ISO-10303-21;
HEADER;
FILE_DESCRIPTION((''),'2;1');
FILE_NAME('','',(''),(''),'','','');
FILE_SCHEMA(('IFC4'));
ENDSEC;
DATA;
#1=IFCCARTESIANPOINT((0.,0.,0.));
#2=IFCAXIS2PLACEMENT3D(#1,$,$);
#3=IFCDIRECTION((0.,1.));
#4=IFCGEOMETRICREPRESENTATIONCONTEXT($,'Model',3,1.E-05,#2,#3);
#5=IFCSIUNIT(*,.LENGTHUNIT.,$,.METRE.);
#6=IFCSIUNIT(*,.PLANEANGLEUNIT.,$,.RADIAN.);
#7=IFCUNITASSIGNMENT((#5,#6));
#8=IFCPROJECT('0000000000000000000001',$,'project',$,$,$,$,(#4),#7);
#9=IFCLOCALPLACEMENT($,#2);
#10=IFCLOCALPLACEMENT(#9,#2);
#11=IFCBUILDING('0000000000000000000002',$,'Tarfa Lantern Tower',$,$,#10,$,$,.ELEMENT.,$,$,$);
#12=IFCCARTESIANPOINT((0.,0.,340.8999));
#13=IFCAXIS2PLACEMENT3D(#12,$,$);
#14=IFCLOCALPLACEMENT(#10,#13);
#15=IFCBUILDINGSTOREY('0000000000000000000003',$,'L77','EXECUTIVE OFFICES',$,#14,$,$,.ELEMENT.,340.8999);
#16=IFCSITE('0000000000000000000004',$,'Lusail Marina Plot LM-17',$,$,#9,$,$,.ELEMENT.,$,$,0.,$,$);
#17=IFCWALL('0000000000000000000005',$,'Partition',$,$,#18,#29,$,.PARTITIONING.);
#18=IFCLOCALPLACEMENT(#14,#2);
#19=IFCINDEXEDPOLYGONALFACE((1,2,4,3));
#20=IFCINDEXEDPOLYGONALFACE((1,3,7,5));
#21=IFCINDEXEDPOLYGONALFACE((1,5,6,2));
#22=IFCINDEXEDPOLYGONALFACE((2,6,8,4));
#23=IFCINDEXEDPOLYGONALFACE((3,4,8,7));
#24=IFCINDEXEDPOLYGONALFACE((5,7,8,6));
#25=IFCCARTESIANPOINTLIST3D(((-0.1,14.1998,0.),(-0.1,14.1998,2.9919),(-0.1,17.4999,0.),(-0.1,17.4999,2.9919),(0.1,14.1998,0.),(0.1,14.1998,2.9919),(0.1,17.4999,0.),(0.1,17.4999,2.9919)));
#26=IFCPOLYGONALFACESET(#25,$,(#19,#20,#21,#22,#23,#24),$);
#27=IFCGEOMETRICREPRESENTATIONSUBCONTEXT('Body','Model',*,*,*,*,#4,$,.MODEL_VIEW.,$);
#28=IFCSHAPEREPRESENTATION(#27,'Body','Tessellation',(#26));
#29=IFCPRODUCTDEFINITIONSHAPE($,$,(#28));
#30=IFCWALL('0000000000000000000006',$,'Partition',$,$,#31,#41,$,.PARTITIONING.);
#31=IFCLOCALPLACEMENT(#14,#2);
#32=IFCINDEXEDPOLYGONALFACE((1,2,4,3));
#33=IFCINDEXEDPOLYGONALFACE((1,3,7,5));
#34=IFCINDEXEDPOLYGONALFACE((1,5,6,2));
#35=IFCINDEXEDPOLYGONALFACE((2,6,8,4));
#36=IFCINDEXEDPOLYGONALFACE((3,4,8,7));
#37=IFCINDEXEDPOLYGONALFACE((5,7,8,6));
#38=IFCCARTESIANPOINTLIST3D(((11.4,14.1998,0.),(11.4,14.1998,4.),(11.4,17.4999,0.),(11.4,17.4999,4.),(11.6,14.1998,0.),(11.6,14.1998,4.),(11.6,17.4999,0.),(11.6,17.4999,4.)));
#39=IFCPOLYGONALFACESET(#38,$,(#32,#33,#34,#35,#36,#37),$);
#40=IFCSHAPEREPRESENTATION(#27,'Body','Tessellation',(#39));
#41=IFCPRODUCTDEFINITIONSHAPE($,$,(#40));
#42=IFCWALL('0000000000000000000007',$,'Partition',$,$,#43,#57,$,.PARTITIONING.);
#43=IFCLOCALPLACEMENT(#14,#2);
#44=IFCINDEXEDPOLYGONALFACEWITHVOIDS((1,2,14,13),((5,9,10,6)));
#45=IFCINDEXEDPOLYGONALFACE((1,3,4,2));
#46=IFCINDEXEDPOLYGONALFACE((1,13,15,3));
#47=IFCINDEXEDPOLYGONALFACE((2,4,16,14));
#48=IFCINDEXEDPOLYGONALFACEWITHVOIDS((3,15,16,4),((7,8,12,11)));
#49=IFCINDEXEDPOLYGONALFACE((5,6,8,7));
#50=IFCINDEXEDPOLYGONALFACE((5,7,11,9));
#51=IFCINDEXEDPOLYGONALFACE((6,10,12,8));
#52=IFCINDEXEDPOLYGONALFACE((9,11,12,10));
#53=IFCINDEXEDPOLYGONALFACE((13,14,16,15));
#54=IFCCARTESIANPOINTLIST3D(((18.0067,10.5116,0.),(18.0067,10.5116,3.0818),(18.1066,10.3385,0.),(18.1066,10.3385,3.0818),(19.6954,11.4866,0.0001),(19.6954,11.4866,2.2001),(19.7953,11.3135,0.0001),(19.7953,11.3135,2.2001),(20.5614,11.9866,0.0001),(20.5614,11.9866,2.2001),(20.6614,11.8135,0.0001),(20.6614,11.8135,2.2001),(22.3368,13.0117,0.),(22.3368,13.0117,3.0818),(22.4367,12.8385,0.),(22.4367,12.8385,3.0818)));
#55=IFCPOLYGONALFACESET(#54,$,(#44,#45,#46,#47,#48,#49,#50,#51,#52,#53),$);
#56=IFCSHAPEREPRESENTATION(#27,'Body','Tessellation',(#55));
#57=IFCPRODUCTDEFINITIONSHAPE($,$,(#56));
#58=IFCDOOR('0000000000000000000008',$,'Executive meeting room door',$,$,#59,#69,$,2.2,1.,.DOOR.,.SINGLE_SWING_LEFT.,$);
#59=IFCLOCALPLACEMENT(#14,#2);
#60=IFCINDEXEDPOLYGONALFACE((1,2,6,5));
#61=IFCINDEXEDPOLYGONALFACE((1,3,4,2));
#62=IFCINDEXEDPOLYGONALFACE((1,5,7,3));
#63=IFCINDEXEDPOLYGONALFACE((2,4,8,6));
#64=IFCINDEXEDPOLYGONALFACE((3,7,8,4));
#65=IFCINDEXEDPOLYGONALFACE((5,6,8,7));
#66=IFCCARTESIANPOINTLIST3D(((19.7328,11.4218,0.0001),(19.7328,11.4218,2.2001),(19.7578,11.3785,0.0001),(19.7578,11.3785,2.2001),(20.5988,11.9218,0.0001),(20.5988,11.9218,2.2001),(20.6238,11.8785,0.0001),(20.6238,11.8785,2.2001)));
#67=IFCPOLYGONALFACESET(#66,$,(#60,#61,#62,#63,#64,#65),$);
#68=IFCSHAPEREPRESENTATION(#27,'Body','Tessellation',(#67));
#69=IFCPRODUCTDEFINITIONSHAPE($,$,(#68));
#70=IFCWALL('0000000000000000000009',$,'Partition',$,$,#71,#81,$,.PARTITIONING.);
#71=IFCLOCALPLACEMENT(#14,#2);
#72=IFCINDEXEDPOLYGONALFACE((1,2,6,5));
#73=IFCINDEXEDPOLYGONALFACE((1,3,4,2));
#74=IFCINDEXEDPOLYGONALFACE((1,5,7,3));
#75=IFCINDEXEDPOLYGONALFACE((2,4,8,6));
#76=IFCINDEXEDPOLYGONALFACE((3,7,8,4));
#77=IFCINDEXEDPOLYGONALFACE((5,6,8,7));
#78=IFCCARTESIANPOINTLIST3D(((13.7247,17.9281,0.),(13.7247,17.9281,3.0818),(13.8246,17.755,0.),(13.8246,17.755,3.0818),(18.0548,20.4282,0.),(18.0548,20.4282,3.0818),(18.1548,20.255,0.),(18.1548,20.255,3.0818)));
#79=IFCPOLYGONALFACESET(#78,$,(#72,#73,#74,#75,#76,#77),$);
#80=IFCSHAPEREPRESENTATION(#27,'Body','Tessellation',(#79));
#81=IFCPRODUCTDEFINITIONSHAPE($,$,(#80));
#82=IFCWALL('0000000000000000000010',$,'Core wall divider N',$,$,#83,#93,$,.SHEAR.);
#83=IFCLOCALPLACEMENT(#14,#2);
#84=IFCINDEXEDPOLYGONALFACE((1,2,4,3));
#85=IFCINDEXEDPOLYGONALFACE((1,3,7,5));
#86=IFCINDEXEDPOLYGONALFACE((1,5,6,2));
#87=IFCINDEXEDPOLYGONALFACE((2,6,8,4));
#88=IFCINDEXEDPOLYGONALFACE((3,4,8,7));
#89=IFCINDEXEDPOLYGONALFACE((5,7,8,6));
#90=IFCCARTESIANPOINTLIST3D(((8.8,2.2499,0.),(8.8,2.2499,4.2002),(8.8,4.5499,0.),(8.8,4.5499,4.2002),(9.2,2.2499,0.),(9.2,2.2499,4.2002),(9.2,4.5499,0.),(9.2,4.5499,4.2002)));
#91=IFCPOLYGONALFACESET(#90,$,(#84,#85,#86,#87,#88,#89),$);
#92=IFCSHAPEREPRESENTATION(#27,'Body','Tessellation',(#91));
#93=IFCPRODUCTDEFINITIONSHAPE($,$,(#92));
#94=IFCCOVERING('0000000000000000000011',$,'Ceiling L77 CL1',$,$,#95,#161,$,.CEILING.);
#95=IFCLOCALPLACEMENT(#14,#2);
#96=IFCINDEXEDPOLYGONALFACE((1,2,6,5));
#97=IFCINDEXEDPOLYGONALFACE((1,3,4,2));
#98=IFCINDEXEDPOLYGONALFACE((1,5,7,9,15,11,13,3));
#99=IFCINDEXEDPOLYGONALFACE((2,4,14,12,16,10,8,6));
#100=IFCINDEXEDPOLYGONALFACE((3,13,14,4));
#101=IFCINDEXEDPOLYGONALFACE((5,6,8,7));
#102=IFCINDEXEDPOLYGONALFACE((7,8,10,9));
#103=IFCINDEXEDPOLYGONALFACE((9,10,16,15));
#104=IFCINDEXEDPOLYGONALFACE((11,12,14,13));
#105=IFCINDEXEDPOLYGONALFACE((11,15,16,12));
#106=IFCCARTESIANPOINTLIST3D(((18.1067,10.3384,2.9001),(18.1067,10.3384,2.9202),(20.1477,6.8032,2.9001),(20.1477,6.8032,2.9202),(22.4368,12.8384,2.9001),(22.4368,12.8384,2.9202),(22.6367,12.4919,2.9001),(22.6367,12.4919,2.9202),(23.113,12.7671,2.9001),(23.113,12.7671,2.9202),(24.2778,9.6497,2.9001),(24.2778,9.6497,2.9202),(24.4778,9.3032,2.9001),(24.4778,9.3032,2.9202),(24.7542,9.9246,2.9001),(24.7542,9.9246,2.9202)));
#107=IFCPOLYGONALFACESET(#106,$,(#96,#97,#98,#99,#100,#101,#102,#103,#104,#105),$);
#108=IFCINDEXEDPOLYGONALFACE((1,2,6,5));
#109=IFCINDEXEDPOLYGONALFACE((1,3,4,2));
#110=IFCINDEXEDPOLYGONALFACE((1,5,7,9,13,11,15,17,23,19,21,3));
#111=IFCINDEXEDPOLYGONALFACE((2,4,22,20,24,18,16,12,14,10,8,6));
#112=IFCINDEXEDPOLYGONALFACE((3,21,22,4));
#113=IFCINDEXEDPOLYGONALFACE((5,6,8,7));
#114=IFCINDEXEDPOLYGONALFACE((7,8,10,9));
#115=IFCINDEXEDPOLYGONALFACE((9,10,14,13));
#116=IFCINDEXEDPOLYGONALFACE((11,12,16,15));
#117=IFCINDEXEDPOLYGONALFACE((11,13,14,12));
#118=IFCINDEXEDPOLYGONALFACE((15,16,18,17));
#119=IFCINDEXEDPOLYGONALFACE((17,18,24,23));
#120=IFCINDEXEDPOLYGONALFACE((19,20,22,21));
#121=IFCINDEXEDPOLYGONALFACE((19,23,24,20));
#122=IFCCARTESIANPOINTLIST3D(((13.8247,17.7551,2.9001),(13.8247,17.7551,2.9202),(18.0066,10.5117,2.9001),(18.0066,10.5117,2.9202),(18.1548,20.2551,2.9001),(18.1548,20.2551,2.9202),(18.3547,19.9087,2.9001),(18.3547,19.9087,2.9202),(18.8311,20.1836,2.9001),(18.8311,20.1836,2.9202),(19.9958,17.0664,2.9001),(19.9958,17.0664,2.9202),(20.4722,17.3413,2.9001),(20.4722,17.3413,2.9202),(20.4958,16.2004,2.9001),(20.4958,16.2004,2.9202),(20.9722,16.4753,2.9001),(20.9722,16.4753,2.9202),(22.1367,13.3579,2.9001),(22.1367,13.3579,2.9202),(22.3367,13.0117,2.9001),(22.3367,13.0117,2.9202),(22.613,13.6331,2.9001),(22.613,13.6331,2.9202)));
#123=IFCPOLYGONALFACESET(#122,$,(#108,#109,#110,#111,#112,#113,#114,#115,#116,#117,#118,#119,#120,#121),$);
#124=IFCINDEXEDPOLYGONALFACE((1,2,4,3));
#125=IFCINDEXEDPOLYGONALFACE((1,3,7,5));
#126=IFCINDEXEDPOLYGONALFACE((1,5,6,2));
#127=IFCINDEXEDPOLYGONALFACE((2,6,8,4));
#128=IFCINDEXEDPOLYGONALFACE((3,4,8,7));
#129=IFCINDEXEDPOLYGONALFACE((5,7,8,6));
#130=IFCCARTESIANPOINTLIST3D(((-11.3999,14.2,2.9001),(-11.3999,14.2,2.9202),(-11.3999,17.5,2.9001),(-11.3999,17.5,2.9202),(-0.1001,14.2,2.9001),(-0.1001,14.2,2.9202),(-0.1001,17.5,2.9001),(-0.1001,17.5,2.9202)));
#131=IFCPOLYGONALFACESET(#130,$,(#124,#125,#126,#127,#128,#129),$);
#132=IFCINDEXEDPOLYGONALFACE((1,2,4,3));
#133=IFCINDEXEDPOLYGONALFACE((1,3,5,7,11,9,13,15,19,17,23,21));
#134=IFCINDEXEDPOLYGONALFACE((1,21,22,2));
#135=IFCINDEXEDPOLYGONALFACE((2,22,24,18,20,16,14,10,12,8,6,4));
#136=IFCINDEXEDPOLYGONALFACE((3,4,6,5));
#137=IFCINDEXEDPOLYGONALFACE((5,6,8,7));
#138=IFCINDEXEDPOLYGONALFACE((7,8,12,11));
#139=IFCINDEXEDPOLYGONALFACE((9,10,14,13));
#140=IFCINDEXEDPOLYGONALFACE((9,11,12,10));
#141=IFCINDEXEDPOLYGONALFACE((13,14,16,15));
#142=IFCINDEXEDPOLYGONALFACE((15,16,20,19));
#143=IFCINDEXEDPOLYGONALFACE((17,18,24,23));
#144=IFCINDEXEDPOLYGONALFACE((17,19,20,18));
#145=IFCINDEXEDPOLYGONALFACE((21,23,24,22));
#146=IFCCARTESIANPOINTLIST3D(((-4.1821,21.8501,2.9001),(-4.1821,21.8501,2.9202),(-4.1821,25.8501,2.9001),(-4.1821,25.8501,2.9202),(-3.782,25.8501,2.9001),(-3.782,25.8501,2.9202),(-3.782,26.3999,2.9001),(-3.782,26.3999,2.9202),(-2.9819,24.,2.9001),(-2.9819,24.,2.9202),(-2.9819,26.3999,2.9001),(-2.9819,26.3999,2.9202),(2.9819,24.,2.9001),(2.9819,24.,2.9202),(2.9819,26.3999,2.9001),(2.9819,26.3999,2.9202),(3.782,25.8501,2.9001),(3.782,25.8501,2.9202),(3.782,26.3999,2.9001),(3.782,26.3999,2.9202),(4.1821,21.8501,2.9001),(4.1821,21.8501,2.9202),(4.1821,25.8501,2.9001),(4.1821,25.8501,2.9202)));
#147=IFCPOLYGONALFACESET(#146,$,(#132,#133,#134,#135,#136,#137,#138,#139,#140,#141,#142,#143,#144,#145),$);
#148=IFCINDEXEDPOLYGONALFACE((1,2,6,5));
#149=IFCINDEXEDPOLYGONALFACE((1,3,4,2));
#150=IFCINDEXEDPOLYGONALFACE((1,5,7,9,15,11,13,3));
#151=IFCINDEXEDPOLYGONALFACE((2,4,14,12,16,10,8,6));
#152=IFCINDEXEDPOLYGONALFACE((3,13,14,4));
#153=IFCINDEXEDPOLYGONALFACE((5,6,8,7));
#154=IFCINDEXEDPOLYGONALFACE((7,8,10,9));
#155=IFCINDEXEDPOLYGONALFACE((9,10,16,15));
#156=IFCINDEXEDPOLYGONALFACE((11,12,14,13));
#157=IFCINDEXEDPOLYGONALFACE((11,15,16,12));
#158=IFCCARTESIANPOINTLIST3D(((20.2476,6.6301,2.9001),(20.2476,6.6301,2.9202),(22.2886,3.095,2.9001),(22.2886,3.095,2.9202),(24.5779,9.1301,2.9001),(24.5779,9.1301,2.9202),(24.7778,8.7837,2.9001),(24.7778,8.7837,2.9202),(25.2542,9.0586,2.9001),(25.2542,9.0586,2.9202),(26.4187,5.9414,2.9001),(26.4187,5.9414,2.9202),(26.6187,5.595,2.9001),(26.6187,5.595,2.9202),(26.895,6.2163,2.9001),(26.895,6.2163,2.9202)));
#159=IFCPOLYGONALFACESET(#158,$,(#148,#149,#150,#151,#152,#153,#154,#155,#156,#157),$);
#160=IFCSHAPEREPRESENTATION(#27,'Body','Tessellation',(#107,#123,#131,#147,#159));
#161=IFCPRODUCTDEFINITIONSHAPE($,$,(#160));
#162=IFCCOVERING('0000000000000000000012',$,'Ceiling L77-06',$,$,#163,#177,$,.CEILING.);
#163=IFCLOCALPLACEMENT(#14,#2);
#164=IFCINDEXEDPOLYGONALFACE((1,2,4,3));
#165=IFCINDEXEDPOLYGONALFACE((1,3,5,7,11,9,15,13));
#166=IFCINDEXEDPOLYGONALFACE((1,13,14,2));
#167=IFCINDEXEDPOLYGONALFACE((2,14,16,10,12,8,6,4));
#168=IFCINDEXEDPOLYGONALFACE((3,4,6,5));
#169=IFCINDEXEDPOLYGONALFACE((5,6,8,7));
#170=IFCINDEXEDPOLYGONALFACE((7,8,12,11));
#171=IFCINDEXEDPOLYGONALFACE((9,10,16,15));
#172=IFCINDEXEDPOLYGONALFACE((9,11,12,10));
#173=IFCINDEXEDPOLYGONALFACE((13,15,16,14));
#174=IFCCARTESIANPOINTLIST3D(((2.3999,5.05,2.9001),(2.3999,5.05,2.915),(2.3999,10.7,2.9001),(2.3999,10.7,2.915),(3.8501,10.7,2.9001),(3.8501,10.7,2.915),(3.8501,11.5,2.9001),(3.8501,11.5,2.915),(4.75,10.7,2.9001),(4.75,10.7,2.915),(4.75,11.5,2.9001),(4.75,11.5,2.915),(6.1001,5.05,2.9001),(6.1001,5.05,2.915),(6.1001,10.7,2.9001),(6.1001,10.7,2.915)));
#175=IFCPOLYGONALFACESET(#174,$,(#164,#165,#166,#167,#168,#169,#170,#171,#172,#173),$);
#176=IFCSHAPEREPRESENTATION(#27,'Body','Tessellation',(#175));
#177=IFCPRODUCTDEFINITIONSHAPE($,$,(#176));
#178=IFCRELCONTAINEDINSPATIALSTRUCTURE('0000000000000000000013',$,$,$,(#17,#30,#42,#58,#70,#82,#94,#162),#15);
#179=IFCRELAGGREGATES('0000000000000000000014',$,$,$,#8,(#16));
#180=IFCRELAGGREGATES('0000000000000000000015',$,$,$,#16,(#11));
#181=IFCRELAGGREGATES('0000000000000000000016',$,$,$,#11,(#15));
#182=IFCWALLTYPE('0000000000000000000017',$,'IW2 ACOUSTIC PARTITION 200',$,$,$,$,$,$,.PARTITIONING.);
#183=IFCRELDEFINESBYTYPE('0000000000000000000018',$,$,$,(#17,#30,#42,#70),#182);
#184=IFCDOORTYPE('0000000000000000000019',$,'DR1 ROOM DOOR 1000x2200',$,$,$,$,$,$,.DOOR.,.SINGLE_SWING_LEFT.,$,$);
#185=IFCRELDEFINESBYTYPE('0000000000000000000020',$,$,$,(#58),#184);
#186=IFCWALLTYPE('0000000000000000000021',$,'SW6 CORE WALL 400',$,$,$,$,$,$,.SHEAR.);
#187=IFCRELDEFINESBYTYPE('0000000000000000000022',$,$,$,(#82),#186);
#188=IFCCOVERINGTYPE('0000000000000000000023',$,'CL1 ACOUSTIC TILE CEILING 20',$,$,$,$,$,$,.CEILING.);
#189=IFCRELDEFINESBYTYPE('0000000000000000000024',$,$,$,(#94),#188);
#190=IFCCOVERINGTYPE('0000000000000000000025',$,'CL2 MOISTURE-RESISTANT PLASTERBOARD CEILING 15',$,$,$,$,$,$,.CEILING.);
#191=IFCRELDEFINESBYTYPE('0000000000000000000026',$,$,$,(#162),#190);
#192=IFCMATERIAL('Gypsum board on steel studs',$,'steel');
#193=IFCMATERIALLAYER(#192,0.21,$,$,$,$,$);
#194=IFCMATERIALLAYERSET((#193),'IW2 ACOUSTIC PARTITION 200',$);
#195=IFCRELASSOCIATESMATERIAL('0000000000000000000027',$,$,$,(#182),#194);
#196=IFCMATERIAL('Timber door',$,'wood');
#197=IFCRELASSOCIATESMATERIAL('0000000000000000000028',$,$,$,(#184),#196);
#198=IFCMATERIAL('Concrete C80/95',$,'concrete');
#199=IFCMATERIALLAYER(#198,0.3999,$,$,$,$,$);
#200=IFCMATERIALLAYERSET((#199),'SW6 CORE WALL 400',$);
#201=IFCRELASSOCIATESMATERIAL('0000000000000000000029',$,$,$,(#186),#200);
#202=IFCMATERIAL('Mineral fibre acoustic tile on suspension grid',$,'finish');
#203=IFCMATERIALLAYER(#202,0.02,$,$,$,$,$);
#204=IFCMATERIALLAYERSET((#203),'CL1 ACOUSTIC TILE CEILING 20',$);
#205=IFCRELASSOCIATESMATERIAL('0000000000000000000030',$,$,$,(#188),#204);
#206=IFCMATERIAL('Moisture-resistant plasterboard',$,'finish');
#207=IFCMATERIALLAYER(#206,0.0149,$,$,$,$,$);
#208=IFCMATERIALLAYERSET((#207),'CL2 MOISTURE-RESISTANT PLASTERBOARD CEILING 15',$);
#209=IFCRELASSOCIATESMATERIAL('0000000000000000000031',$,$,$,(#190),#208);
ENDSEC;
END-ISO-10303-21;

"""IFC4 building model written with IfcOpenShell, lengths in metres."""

from ifc_helpers import new_model, si_unit, direction, frame, frame_2d, origin, place, context, subcontext, project, spatial, polyline, rectangle, outline, extrude, material, layer, layer_set, type_object, element, fill, save


model = new_model("IFC4")

# Units and contexts
model_context = context("Model", 3, precision=1e-05, world=origin(), true_north=direction((0.0, 1.0)))
body_context = subcontext(model_context, "Body", "Model", "MODEL_VIEW")
ifc_project = project(units=[si_unit("LENGTHUNIT", "METRE"), si_unit("PLANEANGLEUNIT", "RADIAN")], contexts=[model_context])

# Site, building, storey
site_placement = place(None, origin())
site = spatial("IfcSite", under=ifc_project, at=site_placement, Name="Lusail Marina Plot LM-17", CompositionType="ELEMENT", RefElevation=0.0)
building_placement = place(site_placement, origin())
building = spatial("IfcBuilding", under=site, at=building_placement, Name="Tarfa Lantern Tower", CompositionType="ELEMENT")
storey_placement = place(building_placement, frame((0.0, 0.0, 340.8999)))
storey = spatial("IfcBuildingStorey", under=building, at=storey_placement, Name="L77", Description="EXECUTIVE OFFICES", CompositionType="ELEMENT", Elevation=340.8999)

# Shared definitions
ifc_material_1 = material(Name="Concrete C80/95", Category="concrete")

# Walls
ifc_material_2 = material(Name="Gypsum board on steel studs", Category="steel")
ifc_layer_1 = layer(ifc_material_2, 0.21)
ifc_layer_set_1 = layer_set([ifc_layer_1], Name="IW2 ACOUSTIC PARTITION 200")
wall_type_1 = type_object("IfcWallType", Name="IW2 ACOUSTIC PARTITION 200", PredefinedType="PARTITIONING", material=ifc_layer_set_1)
wall_1_placement = place(storey_placement, frame((0.0, 14.2, 0.0), z_axis=(0.0, 0.0, 1.0), x_axis=(0.0, 1.0, 0.0)))
element("IfcWall", 1, at=wall_1_placement, inside=storey, type_object=wall_type_1, Name="Partition", PredefinedType="PARTITIONING", context=body_context, shape_type="SweptSolid", body=[
    extrude(rectangle(XDim=3.3, YDim=0.2, at=frame_2d((1.6499, 0.0))), origin(), (0.0, 0.0, 1.0), 2.9919),
])
wall_2_placement = place(storey_placement, frame((11.5, 14.2, 0.0), z_axis=(0.0, 0.0, 1.0), x_axis=(0.0, 1.0, 0.0)))
element("IfcWall", 2, at=wall_2_placement, inside=storey, type_object=wall_type_1, Name="Partition", PredefinedType="PARTITIONING", context=body_context, shape_type="SweptSolid", body=[
    extrude(rectangle(XDim=3.3, YDim=0.2, at=frame_2d((1.6499, 0.0))), origin(), (0.0, 0.0, 1.0), 4.0),
])

# Wall, opening, door
wall_3_placement = place(storey_placement, frame((18.0566, 10.425, 0.0), z_axis=(0.0, 0.0, 1.0), x_axis=(0.866023, 0.500004, 0.0)))
wall_3 = element("IfcWall", 3, at=wall_3_placement, inside=storey, type_object=wall_type_1, Name="Partition", PredefinedType="PARTITIONING", context=body_context, shape_type="SweptSolid", body=[
    extrude(rectangle(XDim=5.0, YDim=0.2, at=frame_2d((2.5, 0.0))), origin(), (0.0, 0.0, 1.0), 3.0818),
])
opening_placement = place(wall_3_placement, frame((1.95, 0.0, 0.0)))
opening = element("IfcOpeningElement", 4, at=opening_placement, cuts=wall_3, PredefinedType="OPENING", context=body_context, shape_type="SweptSolid", body=[
    extrude(rectangle(XDim=1.0, YDim=2.2, at=frame_2d((0.5, 1.1001))), frame((0.0, 0.1099, 0.0), z_axis=(0.0, -1.0, 0.0), x_axis=(1.0, 0.0, 0.0)), (0.0, 0.0, 1.0), 0.22),
])
ifc_material_3 = material(Name="Timber door", Category="wood")
door_type = type_object("IfcDoorType", Name="DR1 ROOM DOOR 1000x2200", OperationType="SINGLE_SWING_LEFT", PredefinedType="DOOR", material=ifc_material_3)
door_placement = place(opening_placement, frame((1.0, 0.0, 0.0), z_axis=(0.0, 0.0, 1.0), x_axis=(-1.0, 0.0, 0.0)))
door = element("IfcDoor", 5, at=door_placement, inside=storey, type_object=door_type, Name="Executive meeting room door", OperationType="SINGLE_SWING_LEFT", OverallHeight=2.2, OverallWidth=1.0, PredefinedType="DOOR", context=body_context, shape_type="SweptSolid", body=[
    extrude(rectangle(XDim=1.0, YDim=2.2, at=frame_2d((0.5, 1.1001))), frame((0.0, 0.0249, 0.0), z_axis=(0.0, -1.0, 0.0), x_axis=(1.0, 0.0, 0.0)), (0.0, 0.0, 1.0), 0.05),
])
fill(opening, door)

# Walls
wall_4_placement = place(storey_placement, frame((13.7747, 17.8416, 0.0), z_axis=(0.0, 0.0, 1.0), x_axis=(0.866023, 0.500004, 0.0)))
element("IfcWall", 6, at=wall_4_placement, inside=storey, type_object=wall_type_1, Name="Partition", PredefinedType="PARTITIONING", context=body_context, shape_type="SweptSolid", body=[
    extrude(rectangle(XDim=5.0, YDim=0.2, at=frame_2d((2.5, 0.0))), origin(), (0.0, 0.0, 1.0), 3.0818),
])
ifc_layer_2 = layer(ifc_material_1, 0.3999)
ifc_layer_set_2 = layer_set([ifc_layer_2], Name="SW6 CORE WALL 400")
wall_type_2 = type_object("IfcWallType", Name="SW6 CORE WALL 400", PredefinedType="SHEAR", material=ifc_layer_set_2)
wall_5_placement = place(storey_placement, frame((9.0, 2.25, 0.0), z_axis=(0.0, 0.0, 1.0), x_axis=(0.0, 1.0, 0.0)))
element("IfcWall", 7, at=wall_5_placement, inside=storey, type_object=wall_type_2, Name="Core wall divider N", PredefinedType="SHEAR", context=body_context, shape_type="SweptSolid", body=[
    extrude(rectangle(XDim=2.3, YDim=0.3999, at=frame_2d((1.1499, 0.0))), origin(), (0.0, 0.0, 1.0), 4.2002),
])

# Coverings
ifc_material_4 = material(Name="Mineral fibre acoustic tile on suspension grid", Category="finish")
ifc_layer_3 = layer(ifc_material_4, 0.02)
ifc_layer_set_3 = layer_set([ifc_layer_3], Name="CL1 ACOUSTIC TILE CEILING 20")
covering_type_1 = type_object("IfcCoveringType", Name="CL1 ACOUSTIC TILE CEILING 20", PredefinedType="CEILING", material=ifc_layer_set_3)
covering_1_placement = place(storey_placement, frame((0.0, 0.0, 2.9001)))
element("IfcCovering", 8, at=covering_1_placement, inside=storey, type_object=covering_type_1, Name="Ceiling L77 CL1", PredefinedType="CEILING", context=body_context, shape_type="SweptSolid", body=[
    extrude(outline(polyline([(18.1067, 10.3384), (22.4368, 12.8384), (22.6367, 12.4919), (23.113, 12.7671), (24.7542, 9.9246), (24.2778, 9.6497), (24.4778, 9.3032), (20.1477, 6.8032), (18.1067, 10.3384)])), origin(), (0.0, 0.0, 1.0), 0.02),
    extrude(outline(polyline([(13.8247, 17.7551), (18.1548, 20.2551), (18.3547, 19.9087), (18.8311, 20.1836), (20.4722, 17.3413), (19.9958, 17.0664), (20.4958, 16.2004), (20.9722, 16.4753), (22.613, 13.6331), (22.1367, 13.3579), (22.3367, 13.0117), (18.0066, 10.5117), (13.8247, 17.7551)])), origin(), (0.0, 0.0, 1.0), 0.02),
    extrude(outline(polyline([(-11.3999, 17.5), (-0.1001, 17.5), (-0.1001, 14.2), (-11.3999, 14.2), (-11.3999, 17.5)])), origin(), (0.0, 0.0, 1.0), 0.02),
    extrude(outline(polyline([(4.1821, 21.8501), (-4.1821, 21.8501), (-4.1821, 25.8501), (-3.782, 25.8501), (-3.782, 26.3999), (-2.9819, 26.3999), (-2.9819, 24.0), (2.9819, 24.0), (2.9819, 26.3999), (3.782, 26.3999), (3.782, 25.8501), (4.1821, 25.8501), (4.1821, 21.8501)])), origin(), (0.0, 0.0, 1.0), 0.02),
    extrude(outline(polyline([(20.2476, 6.6301), (24.5779, 9.1301), (24.7778, 8.7837), (25.2542, 9.0586), (26.895, 6.2163), (26.4187, 5.9414), (26.6187, 5.595), (22.2886, 3.095), (20.2476, 6.6301)])), origin(), (0.0, 0.0, 1.0), 0.02),
])
ifc_material_5 = material(Name="Moisture-resistant plasterboard", Category="finish")
ifc_layer_4 = layer(ifc_material_5, 0.0149)
ifc_layer_set_4 = layer_set([ifc_layer_4], Name="CL2 MOISTURE-RESISTANT PLASTERBOARD CEILING 15")
covering_type_2 = type_object("IfcCoveringType", Name="CL2 MOISTURE-RESISTANT PLASTERBOARD CEILING 15", PredefinedType="CEILING", material=ifc_layer_set_4)
covering_2_placement = place(storey_placement, frame((0.0, 0.0, 2.9001)))
element("IfcCovering", 9, at=covering_2_placement, inside=storey, type_object=covering_type_2, Name="Ceiling L77-06", PredefinedType="CEILING", context=body_context, shape_type="SweptSolid", body=[
    extrude(outline(polyline([(2.3999, 5.05), (6.1001, 5.05), (6.1001, 10.7), (4.75, 10.7), (4.75, 11.5), (3.8501, 11.5), (3.8501, 10.7), (2.3999, 10.7), (2.3999, 5.05)])), origin(), (0.0, 0.0, 1.0), 0.0149),
])

save(model, "model.ifc")
